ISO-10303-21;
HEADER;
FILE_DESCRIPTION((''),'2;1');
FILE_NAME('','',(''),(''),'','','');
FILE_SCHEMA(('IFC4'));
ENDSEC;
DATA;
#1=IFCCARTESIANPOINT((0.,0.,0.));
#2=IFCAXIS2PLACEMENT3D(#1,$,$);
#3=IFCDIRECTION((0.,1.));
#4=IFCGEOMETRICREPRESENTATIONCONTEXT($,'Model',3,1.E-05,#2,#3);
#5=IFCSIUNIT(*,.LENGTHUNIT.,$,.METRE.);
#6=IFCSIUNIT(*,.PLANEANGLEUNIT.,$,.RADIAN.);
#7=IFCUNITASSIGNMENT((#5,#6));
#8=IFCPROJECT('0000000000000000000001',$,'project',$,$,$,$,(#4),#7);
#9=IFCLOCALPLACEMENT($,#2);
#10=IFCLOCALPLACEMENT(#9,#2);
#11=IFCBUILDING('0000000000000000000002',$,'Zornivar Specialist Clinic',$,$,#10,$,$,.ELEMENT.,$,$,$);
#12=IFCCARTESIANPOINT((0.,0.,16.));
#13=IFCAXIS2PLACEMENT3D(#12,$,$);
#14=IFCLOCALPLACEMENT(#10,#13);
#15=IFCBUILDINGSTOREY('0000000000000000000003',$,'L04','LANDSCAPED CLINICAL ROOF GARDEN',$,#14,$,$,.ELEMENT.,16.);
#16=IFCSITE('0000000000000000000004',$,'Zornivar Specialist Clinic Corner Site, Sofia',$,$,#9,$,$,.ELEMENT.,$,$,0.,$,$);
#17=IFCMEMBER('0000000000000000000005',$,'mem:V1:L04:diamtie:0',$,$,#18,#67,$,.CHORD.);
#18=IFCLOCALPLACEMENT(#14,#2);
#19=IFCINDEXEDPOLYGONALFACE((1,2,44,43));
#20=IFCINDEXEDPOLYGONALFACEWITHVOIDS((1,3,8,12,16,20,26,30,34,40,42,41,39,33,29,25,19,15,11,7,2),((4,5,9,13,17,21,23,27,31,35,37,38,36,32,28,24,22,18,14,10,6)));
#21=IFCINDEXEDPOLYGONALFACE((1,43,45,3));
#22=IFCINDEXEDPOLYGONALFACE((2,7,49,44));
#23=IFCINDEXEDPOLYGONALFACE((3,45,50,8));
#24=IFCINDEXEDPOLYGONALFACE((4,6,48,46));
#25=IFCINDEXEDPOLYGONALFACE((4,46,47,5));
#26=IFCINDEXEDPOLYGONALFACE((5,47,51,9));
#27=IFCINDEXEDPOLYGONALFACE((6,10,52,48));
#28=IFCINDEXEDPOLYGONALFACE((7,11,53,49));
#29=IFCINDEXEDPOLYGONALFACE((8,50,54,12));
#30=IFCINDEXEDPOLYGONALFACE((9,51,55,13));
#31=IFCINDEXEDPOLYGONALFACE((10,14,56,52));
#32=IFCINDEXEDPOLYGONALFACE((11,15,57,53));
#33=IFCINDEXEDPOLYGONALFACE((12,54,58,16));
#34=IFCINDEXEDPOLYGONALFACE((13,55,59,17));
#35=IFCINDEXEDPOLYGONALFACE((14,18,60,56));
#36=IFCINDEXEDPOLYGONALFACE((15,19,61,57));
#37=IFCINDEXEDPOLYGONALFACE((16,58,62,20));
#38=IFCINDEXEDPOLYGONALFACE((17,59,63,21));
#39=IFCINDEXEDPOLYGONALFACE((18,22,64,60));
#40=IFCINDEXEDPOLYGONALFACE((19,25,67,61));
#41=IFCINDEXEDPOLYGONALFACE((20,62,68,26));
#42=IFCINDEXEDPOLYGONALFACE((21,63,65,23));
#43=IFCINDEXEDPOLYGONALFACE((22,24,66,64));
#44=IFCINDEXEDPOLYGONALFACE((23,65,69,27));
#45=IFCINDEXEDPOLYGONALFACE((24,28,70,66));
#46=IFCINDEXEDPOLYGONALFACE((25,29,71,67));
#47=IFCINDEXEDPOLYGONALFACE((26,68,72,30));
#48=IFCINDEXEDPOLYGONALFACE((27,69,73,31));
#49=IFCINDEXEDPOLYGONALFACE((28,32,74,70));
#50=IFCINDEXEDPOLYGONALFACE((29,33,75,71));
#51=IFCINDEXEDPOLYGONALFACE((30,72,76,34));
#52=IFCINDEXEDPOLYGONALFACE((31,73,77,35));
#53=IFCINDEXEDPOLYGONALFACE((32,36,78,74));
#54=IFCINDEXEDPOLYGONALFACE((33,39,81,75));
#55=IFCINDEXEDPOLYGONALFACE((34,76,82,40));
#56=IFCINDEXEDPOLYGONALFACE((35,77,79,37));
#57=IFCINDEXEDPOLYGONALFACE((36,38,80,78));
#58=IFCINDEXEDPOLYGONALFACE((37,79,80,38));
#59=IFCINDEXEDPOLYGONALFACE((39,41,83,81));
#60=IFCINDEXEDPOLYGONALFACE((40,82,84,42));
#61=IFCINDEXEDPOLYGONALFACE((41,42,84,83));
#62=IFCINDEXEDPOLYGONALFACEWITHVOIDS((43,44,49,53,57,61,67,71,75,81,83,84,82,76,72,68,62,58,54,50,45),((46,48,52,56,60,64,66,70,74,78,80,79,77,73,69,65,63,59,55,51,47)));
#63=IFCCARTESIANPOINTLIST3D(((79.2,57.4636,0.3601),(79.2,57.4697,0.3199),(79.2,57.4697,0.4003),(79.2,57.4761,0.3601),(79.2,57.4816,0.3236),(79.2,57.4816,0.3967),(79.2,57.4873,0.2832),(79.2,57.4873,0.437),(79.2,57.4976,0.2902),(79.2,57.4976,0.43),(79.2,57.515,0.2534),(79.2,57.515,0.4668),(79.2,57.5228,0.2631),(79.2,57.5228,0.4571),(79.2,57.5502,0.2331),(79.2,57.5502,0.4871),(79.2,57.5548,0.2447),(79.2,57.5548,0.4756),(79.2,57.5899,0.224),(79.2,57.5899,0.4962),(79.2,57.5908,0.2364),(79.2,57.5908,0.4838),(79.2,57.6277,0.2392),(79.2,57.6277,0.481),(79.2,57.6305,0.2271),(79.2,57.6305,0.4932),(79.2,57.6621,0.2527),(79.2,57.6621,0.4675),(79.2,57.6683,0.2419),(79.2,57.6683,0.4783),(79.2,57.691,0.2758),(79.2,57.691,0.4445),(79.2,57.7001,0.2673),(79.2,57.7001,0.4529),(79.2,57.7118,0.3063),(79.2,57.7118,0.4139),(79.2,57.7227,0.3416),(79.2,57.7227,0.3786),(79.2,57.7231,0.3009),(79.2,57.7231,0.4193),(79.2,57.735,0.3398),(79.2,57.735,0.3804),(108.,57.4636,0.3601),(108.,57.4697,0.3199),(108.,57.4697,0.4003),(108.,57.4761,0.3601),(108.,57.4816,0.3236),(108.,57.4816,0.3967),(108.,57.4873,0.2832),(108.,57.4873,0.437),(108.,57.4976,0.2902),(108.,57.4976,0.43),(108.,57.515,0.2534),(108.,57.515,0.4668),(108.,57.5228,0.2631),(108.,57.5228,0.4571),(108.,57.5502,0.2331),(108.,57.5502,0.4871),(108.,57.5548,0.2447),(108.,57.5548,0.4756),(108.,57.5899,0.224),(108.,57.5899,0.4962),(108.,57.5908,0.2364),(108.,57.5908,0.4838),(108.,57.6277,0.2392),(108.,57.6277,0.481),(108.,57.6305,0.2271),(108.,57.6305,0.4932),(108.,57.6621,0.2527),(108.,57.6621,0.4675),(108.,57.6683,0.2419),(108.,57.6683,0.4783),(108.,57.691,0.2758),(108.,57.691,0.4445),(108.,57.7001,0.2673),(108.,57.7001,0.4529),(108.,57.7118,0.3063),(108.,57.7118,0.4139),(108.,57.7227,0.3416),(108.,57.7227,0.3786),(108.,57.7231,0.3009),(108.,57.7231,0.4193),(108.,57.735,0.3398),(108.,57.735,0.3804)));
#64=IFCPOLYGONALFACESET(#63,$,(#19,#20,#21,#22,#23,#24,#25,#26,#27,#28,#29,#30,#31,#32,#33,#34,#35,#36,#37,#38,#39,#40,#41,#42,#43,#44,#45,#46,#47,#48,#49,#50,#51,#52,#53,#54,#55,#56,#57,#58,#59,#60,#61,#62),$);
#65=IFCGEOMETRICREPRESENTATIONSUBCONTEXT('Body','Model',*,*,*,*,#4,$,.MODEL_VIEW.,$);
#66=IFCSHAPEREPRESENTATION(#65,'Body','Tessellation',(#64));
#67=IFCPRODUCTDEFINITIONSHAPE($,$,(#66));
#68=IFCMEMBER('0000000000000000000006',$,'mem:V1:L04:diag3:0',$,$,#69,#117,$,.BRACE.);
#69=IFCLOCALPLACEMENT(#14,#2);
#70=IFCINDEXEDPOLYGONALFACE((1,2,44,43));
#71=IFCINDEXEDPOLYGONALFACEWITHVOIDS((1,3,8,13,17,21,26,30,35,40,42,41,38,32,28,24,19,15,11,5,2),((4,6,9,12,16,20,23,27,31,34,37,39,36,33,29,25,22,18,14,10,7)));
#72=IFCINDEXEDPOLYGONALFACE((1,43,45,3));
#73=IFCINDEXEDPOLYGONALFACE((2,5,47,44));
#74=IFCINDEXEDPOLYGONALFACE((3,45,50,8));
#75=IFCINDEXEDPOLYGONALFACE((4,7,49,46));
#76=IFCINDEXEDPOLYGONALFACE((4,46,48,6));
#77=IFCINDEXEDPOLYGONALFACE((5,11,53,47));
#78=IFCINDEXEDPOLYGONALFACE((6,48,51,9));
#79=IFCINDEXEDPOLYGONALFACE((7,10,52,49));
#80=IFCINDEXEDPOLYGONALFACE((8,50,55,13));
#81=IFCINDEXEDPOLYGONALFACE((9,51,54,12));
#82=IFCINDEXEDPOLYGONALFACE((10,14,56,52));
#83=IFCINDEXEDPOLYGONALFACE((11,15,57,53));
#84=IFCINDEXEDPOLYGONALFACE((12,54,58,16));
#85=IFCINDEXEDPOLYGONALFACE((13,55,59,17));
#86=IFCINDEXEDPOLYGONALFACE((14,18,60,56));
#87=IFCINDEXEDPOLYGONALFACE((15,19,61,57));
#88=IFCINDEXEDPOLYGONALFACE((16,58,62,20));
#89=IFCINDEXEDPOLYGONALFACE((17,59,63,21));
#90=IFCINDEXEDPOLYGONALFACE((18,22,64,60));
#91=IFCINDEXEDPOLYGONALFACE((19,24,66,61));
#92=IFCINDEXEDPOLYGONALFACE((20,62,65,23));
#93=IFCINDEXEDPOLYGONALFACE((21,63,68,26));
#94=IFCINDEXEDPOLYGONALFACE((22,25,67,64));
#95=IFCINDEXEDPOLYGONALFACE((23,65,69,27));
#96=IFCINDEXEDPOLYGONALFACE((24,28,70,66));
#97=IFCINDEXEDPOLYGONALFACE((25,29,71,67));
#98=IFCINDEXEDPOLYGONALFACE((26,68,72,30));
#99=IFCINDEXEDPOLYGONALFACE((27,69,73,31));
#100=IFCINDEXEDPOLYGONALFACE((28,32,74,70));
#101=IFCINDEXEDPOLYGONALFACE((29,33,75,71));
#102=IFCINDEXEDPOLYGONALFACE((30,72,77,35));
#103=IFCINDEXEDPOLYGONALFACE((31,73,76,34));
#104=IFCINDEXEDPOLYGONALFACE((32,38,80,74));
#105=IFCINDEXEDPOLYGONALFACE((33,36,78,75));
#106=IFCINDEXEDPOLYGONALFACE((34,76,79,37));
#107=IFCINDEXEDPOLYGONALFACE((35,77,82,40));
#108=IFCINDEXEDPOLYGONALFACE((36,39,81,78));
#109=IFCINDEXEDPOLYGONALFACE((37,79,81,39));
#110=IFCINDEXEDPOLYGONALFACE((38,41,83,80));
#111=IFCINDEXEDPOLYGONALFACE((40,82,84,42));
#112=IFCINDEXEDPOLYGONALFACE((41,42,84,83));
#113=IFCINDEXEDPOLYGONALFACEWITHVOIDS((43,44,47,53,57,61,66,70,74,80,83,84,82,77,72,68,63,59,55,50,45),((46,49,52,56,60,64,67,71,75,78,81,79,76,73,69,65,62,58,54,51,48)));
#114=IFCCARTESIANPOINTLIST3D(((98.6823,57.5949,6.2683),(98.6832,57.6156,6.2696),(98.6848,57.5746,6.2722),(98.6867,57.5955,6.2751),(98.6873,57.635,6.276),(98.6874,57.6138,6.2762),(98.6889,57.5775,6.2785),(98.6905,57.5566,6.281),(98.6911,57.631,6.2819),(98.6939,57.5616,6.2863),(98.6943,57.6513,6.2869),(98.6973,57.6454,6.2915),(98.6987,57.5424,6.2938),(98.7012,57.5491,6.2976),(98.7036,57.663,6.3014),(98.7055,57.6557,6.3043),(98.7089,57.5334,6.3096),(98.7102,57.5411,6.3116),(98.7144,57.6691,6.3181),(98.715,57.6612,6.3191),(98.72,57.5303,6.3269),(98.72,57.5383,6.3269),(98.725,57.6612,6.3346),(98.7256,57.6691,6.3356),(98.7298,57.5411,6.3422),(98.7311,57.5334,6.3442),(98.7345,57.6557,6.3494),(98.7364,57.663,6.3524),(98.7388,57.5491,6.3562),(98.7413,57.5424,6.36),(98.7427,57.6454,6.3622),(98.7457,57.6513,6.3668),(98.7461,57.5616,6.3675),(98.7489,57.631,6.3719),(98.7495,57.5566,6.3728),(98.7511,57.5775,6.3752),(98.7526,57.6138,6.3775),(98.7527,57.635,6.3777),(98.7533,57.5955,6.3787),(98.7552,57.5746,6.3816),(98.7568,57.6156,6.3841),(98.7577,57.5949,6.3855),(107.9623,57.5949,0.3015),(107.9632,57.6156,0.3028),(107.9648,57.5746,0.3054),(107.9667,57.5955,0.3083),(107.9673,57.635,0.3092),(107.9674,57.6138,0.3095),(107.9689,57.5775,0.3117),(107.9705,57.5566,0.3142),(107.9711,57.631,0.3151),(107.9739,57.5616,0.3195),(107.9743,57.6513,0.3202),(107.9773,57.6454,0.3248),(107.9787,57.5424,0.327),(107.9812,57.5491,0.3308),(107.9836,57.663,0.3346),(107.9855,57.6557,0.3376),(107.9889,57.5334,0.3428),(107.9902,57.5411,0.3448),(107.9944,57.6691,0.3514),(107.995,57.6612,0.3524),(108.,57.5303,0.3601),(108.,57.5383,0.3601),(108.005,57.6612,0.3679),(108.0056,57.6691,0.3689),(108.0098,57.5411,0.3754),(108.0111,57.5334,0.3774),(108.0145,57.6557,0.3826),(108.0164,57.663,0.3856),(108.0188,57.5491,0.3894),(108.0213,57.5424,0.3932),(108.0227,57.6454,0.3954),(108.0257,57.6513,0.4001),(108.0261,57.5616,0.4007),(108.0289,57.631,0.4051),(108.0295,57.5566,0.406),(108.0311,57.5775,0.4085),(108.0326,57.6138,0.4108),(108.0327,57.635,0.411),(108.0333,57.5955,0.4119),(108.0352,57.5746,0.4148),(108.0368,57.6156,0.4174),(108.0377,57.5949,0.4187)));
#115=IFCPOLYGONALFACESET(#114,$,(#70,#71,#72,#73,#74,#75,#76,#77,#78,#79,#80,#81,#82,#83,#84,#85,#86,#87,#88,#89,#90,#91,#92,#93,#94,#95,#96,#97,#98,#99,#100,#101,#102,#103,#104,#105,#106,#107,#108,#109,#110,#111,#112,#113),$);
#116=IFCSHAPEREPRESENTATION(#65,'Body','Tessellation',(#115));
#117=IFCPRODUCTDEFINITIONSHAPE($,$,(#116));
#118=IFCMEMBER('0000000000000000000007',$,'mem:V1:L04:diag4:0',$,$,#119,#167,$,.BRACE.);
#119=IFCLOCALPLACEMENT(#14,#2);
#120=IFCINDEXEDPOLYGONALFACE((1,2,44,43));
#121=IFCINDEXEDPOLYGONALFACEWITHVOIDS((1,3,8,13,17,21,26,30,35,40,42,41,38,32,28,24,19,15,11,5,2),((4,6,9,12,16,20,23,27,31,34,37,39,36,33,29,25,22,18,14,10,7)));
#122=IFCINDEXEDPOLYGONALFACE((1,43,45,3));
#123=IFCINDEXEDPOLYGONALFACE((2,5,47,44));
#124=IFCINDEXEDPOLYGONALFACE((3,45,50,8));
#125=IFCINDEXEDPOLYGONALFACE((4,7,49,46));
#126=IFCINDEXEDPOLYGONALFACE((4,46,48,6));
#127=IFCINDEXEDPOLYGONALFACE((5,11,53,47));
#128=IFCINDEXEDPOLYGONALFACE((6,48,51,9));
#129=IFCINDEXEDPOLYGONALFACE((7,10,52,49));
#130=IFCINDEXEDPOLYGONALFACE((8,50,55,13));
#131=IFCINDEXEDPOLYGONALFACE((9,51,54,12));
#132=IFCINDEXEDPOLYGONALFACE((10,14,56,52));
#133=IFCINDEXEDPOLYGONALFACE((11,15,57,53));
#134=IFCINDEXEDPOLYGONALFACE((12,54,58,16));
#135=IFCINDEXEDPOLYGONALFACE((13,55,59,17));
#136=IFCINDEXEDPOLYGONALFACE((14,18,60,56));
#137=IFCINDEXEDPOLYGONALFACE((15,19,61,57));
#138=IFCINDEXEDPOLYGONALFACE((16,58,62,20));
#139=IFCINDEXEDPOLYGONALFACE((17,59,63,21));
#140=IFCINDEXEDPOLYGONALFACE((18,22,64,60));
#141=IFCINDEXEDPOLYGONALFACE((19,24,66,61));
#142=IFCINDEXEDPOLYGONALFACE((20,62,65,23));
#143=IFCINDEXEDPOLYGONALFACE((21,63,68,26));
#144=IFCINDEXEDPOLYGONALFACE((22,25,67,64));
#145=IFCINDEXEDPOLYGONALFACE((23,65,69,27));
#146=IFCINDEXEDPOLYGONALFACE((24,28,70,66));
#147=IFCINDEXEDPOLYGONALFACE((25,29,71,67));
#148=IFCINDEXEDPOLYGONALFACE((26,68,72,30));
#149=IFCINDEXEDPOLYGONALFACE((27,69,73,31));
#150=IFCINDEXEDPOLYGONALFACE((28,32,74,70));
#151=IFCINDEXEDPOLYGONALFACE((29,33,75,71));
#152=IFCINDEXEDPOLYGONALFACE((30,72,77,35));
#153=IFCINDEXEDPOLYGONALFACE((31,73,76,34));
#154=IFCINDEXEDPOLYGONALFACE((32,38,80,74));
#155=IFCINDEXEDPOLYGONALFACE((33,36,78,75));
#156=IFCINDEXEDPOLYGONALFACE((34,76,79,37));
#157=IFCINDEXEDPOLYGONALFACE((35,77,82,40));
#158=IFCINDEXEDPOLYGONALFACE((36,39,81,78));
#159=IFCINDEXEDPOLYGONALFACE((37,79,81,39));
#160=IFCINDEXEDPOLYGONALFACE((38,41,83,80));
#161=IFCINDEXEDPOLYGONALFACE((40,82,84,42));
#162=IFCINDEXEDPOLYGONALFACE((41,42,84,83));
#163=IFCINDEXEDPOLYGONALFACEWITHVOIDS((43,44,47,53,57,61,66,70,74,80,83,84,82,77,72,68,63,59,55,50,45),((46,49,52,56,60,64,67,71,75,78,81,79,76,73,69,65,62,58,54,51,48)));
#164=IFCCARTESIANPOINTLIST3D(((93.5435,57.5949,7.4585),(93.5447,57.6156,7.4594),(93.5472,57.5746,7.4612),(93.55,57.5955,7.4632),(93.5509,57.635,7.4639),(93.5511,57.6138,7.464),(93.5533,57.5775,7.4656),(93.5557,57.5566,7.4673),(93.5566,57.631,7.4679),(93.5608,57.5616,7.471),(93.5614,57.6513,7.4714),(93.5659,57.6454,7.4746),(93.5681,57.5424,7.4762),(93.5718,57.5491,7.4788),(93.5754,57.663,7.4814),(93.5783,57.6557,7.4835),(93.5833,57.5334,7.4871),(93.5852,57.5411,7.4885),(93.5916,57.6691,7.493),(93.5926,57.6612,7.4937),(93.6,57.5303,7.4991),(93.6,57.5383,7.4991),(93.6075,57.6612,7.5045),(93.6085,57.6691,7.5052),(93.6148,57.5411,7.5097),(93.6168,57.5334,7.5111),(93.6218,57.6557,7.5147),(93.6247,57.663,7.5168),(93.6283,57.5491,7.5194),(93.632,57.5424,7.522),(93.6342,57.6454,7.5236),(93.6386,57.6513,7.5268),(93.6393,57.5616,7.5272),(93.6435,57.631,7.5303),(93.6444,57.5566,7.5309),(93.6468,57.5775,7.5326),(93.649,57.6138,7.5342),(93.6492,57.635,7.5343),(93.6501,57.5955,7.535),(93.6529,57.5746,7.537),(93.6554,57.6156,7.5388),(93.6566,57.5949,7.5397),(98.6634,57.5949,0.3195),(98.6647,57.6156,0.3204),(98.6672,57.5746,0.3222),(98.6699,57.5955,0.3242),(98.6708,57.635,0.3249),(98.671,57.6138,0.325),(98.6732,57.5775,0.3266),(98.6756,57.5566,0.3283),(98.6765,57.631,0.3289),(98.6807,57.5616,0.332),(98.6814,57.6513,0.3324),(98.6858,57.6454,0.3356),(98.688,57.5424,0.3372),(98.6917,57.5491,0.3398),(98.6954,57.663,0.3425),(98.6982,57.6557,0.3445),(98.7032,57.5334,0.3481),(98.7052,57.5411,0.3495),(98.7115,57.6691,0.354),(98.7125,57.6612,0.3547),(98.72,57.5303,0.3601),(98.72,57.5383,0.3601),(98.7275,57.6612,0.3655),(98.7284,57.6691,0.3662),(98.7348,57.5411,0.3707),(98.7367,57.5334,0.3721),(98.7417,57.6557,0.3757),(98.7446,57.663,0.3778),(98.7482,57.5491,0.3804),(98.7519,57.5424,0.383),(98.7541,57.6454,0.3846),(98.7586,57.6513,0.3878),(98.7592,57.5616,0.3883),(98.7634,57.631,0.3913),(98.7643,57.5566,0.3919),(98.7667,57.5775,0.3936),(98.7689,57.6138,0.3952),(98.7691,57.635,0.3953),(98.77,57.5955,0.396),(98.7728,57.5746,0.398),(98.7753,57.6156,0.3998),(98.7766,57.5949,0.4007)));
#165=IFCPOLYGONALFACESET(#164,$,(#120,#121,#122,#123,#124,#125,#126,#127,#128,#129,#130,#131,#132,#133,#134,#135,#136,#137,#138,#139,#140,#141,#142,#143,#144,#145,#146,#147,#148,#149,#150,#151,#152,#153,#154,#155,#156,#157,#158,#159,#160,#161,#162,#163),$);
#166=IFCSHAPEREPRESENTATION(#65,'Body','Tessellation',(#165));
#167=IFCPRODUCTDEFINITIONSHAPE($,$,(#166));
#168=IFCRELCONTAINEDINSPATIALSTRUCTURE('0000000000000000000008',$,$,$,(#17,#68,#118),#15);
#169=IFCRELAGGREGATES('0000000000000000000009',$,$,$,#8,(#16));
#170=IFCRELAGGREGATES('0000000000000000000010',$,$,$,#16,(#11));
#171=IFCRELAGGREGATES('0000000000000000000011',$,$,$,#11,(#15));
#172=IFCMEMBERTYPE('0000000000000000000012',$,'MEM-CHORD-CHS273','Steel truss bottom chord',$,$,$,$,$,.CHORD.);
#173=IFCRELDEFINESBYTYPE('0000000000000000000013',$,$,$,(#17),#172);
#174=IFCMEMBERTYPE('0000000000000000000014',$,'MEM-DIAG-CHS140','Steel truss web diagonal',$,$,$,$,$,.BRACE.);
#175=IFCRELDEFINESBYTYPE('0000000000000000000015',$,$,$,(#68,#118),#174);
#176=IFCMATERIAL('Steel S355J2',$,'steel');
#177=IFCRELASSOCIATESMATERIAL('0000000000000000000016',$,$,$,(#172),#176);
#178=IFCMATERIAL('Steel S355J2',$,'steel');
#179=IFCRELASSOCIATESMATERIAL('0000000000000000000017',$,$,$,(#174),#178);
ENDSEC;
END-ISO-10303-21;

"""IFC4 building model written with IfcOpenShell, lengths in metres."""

from ifc_helpers import new_model, si_unit, direction, frame, origin, origin_2d, place, context, subcontext, project, spatial, hollow_circle, extrude, material, material_profile, profile_set, type_object, element, save


model = new_model("IFC4")

# Units and contexts
model_context = context("Model", 3, precision=1e-05, world=origin(), true_north=direction((0.0, 1.0)))
body_context = subcontext(model_context, "Body", "Model", "MODEL_VIEW")
ifc_project = project(units=[si_unit("LENGTHUNIT", "METRE"), si_unit("PLANEANGLEUNIT", "RADIAN")], contexts=[model_context])

# Site, building, storey
site_placement = place(None, origin())
site = spatial("IfcSite", under=ifc_project, at=site_placement, Name="Zornivar Specialist Clinic Corner Site, Sofia", CompositionType="ELEMENT", RefElevation=0.0)
building_placement = place(site_placement, origin())
building = spatial("IfcBuilding", under=site, at=building_placement, Name="Zornivar Specialist Clinic", CompositionType="ELEMENT")
storey_placement = place(building_placement, frame((0.0, 0.0, 16.0)))
storey = spatial("IfcBuildingStorey", under=building, at=storey_placement, Name="L04", Description="LANDSCAPED CLINICAL ROOF GARDEN", CompositionType="ELEMENT", Elevation=16.0)

# Members
ifc_material_1 = material(Name="Steel S355J2", Category="steel")
ifc_material_profile_1 = material_profile(ifc_material_1, hollow_circle(Radius=0.1365, WallThickness=0.0125, at=origin_2d()), Name="CHS 273x12.5")
ifc_profile_set_1 = profile_set([ifc_material_profile_1], Name="Steel S355J2")
member_type_1 = type_object("IfcMemberType", Name="MEM-CHORD-CHS273", Description="Steel truss bottom chord", PredefinedType="CHORD", material=ifc_profile_set_1)
member_1_placement = place(storey_placement, frame((108.0, 57.6001, 0.3601), z_axis=(-1.0, 0.0, 0.0), x_axis=(0.0, -1.0, 0.0)))
element("IfcMember", 1, at=member_1_placement, inside=storey, type_object=member_type_1, Name="mem:V1:L04:diamtie:0", PredefinedType="CHORD", context=body_context, shape_type="SweptSolid", body=[
    extrude(hollow_circle(Radius=0.1365, WallThickness=0.0125, at=origin_2d()), origin(), (0.0, 0.0, 1.0), 28.8),
])
ifc_material_2 = material(Name="Steel S355J2", Category="steel")
ifc_material_profile_2 = material_profile(ifc_material_2, hollow_circle(Radius=0.0698, WallThickness=0.0081, at=origin_2d()), Name="CHS 139.7x8")
ifc_profile_set_2 = profile_set([ifc_material_profile_2], Name="Steel S355J2")
member_type_2 = type_object("IfcMemberType", Name="MEM-DIAG-CHS140", Description="Steel truss web diagonal", PredefinedType="BRACE", material=ifc_profile_set_2)
member_2_placement = place(storey_placement, frame((108.0, 57.6001, 0.3601), z_axis=(-0.841135, 0.0, 0.540826), x_axis=(0.0, -1.0, 0.0)))
element("IfcMember", 2, at=member_2_placement, inside=storey, type_object=member_type_2, Name="mem:V1:L04:diag3:0", PredefinedType="BRACE", context=body_context, shape_type="SweptSolid", body=[
    extrude(hollow_circle(Radius=0.0698, WallThickness=0.0081, at=origin_2d()), origin(), (0.0, 0.0, 1.0), 11.0327),
])
member_3_placement = place(storey_placement, frame((98.72, 57.6001, 0.3601), z_axis=(-0.582793, 0.0, 0.81262), x_axis=(0.0, -1.0, 0.0)))
element("IfcMember", 3, at=member_3_placement, inside=storey, type_object=member_type_2, Name="mem:V1:L04:diag4:0", PredefinedType="BRACE", context=body_context, shape_type="SweptSolid", body=[
    extrude(hollow_circle(Radius=0.0698, WallThickness=0.0081, at=origin_2d()), origin(), (0.0, 0.0, 1.0), 8.7852),
])

save(model, "model.ifc")
